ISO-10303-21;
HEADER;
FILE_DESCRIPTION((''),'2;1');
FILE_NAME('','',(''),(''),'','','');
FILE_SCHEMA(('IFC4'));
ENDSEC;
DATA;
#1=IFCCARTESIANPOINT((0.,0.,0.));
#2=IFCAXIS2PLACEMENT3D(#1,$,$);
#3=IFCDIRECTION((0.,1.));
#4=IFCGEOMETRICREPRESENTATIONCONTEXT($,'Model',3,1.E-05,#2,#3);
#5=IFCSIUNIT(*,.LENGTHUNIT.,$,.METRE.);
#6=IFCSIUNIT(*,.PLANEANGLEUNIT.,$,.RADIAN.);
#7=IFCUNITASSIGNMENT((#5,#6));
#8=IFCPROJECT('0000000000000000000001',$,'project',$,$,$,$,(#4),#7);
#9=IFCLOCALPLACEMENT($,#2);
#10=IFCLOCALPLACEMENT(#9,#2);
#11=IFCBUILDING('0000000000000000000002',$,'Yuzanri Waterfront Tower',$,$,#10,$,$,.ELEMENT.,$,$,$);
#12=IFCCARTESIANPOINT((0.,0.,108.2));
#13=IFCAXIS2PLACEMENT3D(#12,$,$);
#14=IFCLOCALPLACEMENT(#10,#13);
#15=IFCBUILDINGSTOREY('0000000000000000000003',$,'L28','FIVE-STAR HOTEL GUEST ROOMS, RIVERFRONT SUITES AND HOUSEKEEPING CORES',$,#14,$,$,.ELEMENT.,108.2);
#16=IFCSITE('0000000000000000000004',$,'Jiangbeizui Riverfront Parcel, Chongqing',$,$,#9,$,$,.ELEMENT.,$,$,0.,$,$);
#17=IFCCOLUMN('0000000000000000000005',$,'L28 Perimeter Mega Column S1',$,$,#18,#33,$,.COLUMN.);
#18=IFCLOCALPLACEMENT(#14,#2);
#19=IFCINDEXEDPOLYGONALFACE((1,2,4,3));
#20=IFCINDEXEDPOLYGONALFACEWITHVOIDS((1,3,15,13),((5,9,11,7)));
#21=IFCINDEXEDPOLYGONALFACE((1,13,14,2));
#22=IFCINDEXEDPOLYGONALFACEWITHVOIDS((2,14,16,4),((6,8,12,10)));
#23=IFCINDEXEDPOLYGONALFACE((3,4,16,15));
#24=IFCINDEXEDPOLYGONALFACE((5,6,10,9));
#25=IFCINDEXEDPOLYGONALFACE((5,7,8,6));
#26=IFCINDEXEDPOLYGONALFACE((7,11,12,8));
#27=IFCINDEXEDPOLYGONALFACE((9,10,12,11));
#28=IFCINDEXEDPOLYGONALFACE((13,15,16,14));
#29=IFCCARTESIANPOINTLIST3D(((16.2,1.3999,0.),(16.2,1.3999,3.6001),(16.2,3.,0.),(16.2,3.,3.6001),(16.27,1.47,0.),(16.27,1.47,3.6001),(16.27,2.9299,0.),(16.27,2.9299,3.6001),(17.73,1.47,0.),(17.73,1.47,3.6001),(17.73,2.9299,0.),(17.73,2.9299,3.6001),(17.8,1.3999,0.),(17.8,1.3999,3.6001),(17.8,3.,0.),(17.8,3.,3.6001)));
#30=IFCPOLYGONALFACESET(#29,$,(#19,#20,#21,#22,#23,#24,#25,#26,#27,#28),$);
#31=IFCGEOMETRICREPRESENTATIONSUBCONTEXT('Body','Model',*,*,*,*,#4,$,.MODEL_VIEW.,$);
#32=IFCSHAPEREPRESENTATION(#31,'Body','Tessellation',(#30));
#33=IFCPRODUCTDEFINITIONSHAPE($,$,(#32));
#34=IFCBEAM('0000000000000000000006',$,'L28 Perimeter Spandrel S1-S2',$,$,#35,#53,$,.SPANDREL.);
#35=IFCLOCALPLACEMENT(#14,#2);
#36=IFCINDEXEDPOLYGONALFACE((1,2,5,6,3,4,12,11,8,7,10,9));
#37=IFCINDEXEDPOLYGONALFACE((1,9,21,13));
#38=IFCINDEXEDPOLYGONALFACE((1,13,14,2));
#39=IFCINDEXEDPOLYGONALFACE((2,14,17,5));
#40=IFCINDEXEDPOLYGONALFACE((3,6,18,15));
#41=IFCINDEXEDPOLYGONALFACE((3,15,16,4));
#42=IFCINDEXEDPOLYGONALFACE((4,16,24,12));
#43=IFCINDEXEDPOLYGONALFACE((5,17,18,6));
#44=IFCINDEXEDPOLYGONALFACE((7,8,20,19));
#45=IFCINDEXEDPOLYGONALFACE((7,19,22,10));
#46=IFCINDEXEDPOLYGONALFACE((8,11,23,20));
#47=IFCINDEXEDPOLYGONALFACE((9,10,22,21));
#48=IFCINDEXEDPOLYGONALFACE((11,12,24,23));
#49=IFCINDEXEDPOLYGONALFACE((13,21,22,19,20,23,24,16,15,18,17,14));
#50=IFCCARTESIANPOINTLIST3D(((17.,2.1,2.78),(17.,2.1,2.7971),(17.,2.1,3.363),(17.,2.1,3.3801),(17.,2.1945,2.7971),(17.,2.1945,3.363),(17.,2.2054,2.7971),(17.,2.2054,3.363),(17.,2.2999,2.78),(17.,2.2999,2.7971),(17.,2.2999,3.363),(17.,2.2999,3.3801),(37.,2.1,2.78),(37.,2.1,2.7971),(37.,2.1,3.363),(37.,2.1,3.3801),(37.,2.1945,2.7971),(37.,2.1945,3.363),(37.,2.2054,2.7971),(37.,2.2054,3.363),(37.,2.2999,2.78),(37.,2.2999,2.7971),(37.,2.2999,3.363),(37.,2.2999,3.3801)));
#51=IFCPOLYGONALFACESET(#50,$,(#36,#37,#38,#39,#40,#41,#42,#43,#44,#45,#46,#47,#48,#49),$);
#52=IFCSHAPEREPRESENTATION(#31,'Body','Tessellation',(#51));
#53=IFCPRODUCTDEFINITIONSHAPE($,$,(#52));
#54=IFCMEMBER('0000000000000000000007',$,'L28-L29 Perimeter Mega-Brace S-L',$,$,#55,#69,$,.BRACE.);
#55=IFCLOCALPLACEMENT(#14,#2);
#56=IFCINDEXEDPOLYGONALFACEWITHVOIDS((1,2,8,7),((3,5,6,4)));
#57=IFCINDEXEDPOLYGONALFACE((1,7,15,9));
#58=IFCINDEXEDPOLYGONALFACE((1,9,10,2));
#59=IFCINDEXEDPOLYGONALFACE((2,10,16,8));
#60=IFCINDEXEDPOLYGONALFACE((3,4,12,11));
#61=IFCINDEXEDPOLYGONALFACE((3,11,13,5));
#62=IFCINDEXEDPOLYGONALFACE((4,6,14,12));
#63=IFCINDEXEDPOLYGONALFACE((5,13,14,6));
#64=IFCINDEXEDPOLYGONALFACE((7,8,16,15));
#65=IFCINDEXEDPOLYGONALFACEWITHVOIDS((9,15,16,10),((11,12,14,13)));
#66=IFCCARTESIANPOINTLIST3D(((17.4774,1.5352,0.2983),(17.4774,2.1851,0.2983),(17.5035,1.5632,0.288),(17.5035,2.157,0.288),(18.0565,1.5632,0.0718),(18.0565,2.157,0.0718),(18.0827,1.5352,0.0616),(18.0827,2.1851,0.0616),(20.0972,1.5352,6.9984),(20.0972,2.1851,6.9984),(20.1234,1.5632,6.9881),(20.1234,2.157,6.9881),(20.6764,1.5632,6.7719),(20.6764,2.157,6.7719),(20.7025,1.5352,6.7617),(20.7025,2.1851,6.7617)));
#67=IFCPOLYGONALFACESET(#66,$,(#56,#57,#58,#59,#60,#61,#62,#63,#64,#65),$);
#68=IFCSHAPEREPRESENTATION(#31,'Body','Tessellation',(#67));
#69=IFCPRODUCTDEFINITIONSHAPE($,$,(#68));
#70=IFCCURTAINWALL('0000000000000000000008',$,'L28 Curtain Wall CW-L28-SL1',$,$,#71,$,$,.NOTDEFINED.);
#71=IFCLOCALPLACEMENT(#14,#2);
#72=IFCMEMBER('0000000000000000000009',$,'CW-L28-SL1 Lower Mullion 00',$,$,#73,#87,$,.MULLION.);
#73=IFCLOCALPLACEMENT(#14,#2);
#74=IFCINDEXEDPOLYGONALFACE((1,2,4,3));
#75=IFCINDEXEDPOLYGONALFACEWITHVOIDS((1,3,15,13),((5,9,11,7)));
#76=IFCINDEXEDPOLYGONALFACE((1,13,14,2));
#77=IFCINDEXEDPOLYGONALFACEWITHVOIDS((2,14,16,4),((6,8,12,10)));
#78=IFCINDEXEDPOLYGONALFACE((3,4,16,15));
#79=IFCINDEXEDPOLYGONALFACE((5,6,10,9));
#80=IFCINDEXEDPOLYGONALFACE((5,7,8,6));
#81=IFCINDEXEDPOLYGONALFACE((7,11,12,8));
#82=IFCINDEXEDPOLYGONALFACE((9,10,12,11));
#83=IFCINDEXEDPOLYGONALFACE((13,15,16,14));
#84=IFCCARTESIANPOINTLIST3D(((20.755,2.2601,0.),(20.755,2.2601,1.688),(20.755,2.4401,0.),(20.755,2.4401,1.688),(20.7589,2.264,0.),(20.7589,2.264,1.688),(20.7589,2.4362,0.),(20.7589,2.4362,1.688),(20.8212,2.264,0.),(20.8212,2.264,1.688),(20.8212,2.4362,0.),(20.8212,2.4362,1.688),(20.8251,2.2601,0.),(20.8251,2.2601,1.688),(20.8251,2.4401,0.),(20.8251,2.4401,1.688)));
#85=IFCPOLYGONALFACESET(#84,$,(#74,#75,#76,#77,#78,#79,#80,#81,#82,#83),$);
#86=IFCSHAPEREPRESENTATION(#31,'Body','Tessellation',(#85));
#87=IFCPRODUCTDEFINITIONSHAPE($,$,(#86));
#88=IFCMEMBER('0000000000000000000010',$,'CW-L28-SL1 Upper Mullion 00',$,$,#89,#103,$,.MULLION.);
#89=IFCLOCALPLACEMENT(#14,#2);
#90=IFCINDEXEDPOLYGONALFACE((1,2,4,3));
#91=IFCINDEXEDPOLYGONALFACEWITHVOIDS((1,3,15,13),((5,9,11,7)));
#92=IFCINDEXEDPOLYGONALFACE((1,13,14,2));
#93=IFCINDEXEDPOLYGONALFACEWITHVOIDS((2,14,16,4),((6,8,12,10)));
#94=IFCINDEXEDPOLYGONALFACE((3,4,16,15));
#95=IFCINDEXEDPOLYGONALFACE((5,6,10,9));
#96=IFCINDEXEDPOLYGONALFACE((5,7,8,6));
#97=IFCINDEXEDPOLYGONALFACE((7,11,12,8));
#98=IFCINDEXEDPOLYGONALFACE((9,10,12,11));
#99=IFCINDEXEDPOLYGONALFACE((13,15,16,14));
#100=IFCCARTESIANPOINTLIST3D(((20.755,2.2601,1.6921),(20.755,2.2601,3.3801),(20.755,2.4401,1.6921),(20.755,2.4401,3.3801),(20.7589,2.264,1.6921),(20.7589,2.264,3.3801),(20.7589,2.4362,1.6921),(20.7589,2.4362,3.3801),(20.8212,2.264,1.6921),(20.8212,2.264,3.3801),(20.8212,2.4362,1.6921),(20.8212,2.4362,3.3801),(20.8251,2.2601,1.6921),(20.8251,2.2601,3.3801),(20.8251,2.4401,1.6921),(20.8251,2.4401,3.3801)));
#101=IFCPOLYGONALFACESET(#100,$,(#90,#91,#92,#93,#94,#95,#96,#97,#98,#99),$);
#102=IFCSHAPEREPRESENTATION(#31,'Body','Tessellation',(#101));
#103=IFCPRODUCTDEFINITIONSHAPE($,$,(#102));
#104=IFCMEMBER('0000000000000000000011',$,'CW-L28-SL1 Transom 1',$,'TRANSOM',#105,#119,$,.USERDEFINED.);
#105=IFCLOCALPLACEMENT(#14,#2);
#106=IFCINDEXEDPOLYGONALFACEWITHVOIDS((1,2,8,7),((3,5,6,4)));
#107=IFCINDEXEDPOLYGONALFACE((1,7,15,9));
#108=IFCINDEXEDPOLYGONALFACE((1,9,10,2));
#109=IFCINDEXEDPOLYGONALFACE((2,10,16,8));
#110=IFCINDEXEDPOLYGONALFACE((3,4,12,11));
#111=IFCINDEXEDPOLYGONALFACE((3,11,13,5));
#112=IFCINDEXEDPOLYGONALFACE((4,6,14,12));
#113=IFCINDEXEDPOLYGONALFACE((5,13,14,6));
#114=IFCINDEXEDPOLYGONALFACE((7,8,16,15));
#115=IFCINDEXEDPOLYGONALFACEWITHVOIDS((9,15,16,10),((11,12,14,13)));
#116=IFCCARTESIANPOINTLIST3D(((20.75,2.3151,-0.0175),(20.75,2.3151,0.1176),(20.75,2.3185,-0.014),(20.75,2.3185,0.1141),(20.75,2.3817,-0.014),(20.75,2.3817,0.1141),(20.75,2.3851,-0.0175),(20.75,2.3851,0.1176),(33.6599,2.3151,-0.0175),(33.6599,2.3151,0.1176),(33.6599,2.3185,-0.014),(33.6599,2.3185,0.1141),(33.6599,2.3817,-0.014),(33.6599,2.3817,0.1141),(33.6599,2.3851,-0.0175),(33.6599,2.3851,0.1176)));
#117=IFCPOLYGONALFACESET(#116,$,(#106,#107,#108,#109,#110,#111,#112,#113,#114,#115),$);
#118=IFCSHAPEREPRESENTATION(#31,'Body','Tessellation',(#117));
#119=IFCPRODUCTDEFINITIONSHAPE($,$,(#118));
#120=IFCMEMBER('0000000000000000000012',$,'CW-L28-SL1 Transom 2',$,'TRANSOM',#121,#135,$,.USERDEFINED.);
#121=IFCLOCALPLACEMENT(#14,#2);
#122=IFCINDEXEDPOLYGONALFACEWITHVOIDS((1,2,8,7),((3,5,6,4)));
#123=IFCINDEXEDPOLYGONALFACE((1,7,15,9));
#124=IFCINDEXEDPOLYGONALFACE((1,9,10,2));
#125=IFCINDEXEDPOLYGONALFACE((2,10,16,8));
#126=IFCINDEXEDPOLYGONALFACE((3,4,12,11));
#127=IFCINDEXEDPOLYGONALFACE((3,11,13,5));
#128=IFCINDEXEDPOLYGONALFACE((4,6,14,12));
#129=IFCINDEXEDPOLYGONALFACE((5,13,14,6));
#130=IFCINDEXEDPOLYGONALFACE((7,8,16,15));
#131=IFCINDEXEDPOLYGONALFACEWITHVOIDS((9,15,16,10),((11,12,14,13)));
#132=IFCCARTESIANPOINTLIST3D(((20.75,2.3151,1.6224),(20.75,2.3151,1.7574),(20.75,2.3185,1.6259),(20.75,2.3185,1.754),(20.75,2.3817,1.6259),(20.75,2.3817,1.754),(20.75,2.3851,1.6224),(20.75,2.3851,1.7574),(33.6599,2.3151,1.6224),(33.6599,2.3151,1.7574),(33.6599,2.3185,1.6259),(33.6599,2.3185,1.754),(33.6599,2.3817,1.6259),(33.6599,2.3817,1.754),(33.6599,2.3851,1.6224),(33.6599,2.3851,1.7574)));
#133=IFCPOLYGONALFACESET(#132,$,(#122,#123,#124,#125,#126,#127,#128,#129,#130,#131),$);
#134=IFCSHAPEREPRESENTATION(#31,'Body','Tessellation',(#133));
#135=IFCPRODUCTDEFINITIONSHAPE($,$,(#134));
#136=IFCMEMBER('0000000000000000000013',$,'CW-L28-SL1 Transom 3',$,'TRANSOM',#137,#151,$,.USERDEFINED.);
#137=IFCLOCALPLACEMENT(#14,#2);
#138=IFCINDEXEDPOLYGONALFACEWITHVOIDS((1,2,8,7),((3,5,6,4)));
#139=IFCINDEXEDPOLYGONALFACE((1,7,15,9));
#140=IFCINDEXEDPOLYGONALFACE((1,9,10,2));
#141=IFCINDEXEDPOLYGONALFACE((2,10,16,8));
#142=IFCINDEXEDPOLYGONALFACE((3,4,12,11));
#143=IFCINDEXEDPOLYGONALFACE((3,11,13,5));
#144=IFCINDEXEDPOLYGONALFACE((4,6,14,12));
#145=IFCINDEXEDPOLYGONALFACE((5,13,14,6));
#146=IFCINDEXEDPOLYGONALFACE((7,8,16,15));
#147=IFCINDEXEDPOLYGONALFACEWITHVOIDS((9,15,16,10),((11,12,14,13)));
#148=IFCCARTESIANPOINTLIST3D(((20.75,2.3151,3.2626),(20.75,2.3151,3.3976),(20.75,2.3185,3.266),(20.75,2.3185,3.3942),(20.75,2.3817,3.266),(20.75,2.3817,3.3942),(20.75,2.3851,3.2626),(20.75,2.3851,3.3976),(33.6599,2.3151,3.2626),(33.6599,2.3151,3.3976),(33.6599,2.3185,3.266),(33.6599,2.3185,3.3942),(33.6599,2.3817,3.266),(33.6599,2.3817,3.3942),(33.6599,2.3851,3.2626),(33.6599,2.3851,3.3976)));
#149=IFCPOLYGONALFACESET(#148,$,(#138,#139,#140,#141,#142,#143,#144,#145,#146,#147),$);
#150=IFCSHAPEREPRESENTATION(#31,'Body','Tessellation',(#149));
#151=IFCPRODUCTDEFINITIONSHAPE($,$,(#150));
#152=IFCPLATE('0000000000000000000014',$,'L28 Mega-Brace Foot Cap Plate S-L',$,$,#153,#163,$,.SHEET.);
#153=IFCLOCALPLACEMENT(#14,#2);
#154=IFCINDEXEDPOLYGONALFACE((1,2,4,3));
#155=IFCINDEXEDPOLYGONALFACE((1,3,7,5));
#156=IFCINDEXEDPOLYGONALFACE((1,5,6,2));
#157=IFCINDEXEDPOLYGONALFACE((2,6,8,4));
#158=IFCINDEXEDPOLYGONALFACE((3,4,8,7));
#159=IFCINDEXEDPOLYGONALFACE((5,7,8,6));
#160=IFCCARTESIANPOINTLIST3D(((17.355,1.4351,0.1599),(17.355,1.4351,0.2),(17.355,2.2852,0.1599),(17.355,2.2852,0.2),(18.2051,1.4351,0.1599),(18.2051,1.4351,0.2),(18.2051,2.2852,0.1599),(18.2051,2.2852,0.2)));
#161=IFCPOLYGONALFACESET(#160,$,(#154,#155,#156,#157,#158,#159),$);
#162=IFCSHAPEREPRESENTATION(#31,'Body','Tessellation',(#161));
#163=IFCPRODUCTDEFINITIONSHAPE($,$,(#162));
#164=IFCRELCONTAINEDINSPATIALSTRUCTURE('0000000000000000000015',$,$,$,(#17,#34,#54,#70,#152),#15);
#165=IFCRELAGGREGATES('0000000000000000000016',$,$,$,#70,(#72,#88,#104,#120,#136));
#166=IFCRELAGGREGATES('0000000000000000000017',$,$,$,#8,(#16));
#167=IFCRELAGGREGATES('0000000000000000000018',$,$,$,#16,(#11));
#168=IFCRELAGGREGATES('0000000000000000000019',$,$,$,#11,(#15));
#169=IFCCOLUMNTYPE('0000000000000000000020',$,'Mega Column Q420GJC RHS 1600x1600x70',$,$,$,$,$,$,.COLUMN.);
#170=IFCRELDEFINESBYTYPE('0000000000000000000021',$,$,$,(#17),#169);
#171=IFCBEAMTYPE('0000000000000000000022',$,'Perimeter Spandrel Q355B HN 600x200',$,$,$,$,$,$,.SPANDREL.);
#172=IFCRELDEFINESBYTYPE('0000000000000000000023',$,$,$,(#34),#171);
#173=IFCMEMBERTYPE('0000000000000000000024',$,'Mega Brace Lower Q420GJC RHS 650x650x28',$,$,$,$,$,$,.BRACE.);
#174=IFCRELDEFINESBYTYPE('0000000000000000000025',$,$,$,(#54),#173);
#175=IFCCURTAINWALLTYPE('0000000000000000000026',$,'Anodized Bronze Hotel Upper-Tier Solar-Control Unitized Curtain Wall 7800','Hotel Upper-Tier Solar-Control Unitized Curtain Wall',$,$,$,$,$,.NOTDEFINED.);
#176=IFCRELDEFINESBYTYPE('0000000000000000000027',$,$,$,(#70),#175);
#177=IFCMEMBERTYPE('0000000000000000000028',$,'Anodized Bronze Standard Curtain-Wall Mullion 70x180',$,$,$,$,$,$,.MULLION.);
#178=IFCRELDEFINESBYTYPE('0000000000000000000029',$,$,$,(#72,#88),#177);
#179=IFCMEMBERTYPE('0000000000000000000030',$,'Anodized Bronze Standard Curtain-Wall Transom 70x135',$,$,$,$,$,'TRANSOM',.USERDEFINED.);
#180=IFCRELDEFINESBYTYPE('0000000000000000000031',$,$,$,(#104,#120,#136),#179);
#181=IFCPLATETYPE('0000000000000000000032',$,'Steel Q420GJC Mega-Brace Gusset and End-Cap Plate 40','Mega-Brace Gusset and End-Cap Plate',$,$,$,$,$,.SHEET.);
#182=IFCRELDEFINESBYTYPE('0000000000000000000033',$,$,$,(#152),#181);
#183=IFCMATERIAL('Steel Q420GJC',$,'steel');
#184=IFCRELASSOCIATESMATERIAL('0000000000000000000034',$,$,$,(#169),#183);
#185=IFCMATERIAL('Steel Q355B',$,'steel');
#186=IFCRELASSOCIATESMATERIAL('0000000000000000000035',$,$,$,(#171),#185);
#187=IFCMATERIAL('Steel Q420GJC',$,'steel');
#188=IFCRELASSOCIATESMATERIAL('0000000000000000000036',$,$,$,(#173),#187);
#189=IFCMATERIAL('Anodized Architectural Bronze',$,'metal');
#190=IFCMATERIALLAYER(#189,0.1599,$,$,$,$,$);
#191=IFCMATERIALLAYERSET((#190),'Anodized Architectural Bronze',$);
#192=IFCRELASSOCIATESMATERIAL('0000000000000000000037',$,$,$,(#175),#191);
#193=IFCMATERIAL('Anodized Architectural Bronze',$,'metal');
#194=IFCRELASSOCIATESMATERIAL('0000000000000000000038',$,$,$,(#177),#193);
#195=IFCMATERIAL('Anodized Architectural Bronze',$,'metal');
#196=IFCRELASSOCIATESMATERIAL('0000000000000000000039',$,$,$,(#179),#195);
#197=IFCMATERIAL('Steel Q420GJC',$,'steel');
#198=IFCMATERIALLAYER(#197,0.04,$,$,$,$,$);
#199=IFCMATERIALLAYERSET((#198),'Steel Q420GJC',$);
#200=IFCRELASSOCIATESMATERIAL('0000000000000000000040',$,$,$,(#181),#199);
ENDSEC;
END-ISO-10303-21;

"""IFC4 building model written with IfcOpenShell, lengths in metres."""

from ifc_helpers import new_model, si_unit, direction, frame, origin, origin_2d, place, context, subcontext, project, spatial, rectangle, hollow_rectangle, i_section, extrude, source, transform, mapped, material, layer, layer_set, material_profile, profile_set, type_object, element, aggregate, save


model = new_model("IFC4")

# Units and contexts
model_context = context("Model", 3, precision=1e-05, world=origin(), true_north=direction((0.0, 1.0)))
body_context = subcontext(model_context, "Body", "Model", "MODEL_VIEW")
ifc_project = project(units=[si_unit("LENGTHUNIT", "METRE"), si_unit("PLANEANGLEUNIT", "RADIAN")], contexts=[model_context])

# Site, building, storey
site_placement = place(None, origin())
site = spatial("IfcSite", under=ifc_project, at=site_placement, Name="Jiangbeizui Riverfront Parcel, Chongqing", CompositionType="ELEMENT", RefElevation=0.0)
building_placement = place(site_placement, origin())
building = spatial("IfcBuilding", under=site, at=building_placement, Name="Yuzanri Waterfront Tower", CompositionType="ELEMENT")
storey_placement = place(building_placement, frame((0.0, 0.0, 108.2)))
storey = spatial("IfcBuildingStorey", under=building, at=storey_placement, Name="L28", Description="FIVE-STAR HOTEL GUEST ROOMS, RIVERFRONT SUITES AND HOUSEKEEPING CORES", CompositionType="ELEMENT", Elevation=108.2)

# Column
ifc_material_1 = material(Name="Steel Q420GJC", Category="steel")
ifc_material_profile_1 = material_profile(ifc_material_1, hollow_rectangle(XDim=1.6001, YDim=1.6001, WallThickness=0.0701, at=origin_2d()), Name="RHS 1600x1600x70")
ifc_profile_set_1 = profile_set([ifc_material_profile_1], Name="Steel Q420GJC")
column_type = type_object("IfcColumnType", Name="Mega Column Q420GJC RHS 1600x1600x70", PredefinedType="COLUMN", material=ifc_profile_set_1)
shared_shape_1 = source(origin(), body_context, "Body", "SweptSolid", [
    extrude(hollow_rectangle(XDim=1.6001, YDim=1.6001, WallThickness=0.0701, at=origin_2d()), origin(), (0.0, 0.0, 1.0), 3.6001),
])
column_placement = place(storey_placement, frame((17.0, 2.2, 0.0), z_axis=(0.0, 0.0, 1.0), x_axis=(1.0, 0.0, 0.0)))
element("IfcColumn", 1, at=column_placement, inside=storey, type_object=column_type, Name="L28 Perimeter Mega Column S1", PredefinedType="COLUMN", context=body_context, shape_type="MappedRepresentation", body=[
    mapped(shared_shape_1, transform((0.0, 0.0, 0.0), scale=1.0)),
])

# Beam
ifc_material_2 = material(Name="Steel Q355B", Category="steel")
ifc_material_profile_2 = material_profile(ifc_material_2, i_section(OverallWidth=0.2, OverallDepth=0.6001, WebThickness=0.011, FlangeThickness=0.0171, at=origin_2d()), Name="HN 600x200x11x17")
ifc_profile_set_2 = profile_set([ifc_material_profile_2], Name="Steel Q355B")
beam_type = type_object("IfcBeamType", Name="Perimeter Spandrel Q355B HN 600x200", PredefinedType="SPANDREL", material=ifc_profile_set_2)
shared_shape_2 = source(origin(), body_context, "Body", "SweptSolid", [
    extrude(i_section(OverallWidth=0.2, OverallDepth=0.6001, WebThickness=0.011, FlangeThickness=0.0171, at=origin_2d()), origin(), (0.0, 0.0, 1.0), 20.0),
])
beam_placement = place(storey_placement, frame((17.0, 2.2, 3.0801), z_axis=(1.0, 0.0, 0.0), x_axis=(0.0, 1.0, 0.0)))
element("IfcBeam", 2, at=beam_placement, inside=storey, type_object=beam_type, Name="L28 Perimeter Spandrel S1-S2", PredefinedType="SPANDREL", context=body_context, shape_type="MappedRepresentation", body=[
    mapped(shared_shape_2, transform((0.0, 0.0, 0.0), scale=1.0)),
])

# Member
ifc_material_3 = material(Name="Steel Q420GJC", Category="steel")
ifc_material_profile_3 = material_profile(ifc_material_3, hollow_rectangle(XDim=0.6499, YDim=0.6499, WallThickness=0.0281, at=origin_2d()), Name="RHS 650x650x28")
ifc_profile_set_3 = profile_set([ifc_material_profile_3], Name="Steel Q420GJC")
member_type_1 = type_object("IfcMemberType", Name="Mega Brace Lower Q420GJC RHS 650x650x28", PredefinedType="BRACE", material=ifc_profile_set_3)
shared_shape_3 = source(origin(), body_context, "Body", "SweptSolid", [
    extrude(hollow_rectangle(XDim=0.6499, YDim=0.6499, WallThickness=0.0281, at=origin_2d()), origin(), (0.0, 0.0, 1.0), 7.1941),
])
member_1_placement = place(storey_placement, frame((17.78, 1.8601, 0.1799), z_axis=(0.364165, 0.0, 0.931334), x_axis=(0.0, 1.0, 0.0)))
element("IfcMember", 3, at=member_1_placement, inside=storey, type_object=member_type_1, Name="L28-L29 Perimeter Mega-Brace S-L", PredefinedType="BRACE", context=body_context, shape_type="MappedRepresentation", body=[
    mapped(shared_shape_3, transform((0.0, 0.0, 0.0), scale=1.0)),
])

# Curtain wall, members
ifc_material_4 = material(Name="Anodized Architectural Bronze", Category="metal")
ifc_layer_1 = layer(ifc_material_4, 0.1599)
ifc_layer_set_1 = layer_set([ifc_layer_1], Name="Anodized Architectural Bronze")
curtain_wall_type = type_object("IfcCurtainWallType", Name="Anodized Bronze Hotel Upper-Tier Solar-Control Unitized Curtain Wall 7800", Description="Hotel Upper-Tier Solar-Control Unitized Curtain Wall", PredefinedType="NOTDEFINED", material=ifc_layer_set_1)
curtain_wall_1_placement = place(storey_placement, origin())
curtain_wall_1 = element("IfcCurtainWall", 4, at=curtain_wall_1_placement, inside=storey, type_object=curtain_wall_type, Name="L28 Curtain Wall CW-L28-SL1", PredefinedType="NOTDEFINED")
ifc_material_5 = material(Name="Anodized Architectural Bronze", Category="metal")
ifc_material_profile_4 = material_profile(ifc_material_5, hollow_rectangle(XDim=0.0701, YDim=0.1799, WallThickness=0.0039, at=origin_2d()), Name="CWM 70x180")
ifc_profile_set_4 = profile_set([ifc_material_profile_4], Name="Anodized Architectural Bronze")
member_type_2 = type_object("IfcMemberType", Name="Anodized Bronze Standard Curtain-Wall Mullion 70x180", PredefinedType="MULLION", material=ifc_profile_set_4)
shared_shape_4 = source(origin(), body_context, "Body", "SweptSolid", [
    extrude(hollow_rectangle(XDim=0.0701, YDim=0.1799, WallThickness=0.0039, at=origin_2d()), origin(), (0.0, 0.0, 1.0), 1.688),
])
member_2_placement = place(storey_placement, frame((20.79, 2.3501, 0.0), z_axis=(0.0, 0.0, 1.0), x_axis=(1.0, 0.0, 0.0)))
member_2 = element("IfcMember", 5, at=member_2_placement, type_object=member_type_2, Name="CW-L28-SL1 Lower Mullion 00", PredefinedType="MULLION", context=body_context, shape_type="MappedRepresentation", body=[
    mapped(shared_shape_4, transform((0.0, 0.0, 0.0), scale=1.0)),
])
member_3_placement = place(storey_placement, frame((20.79, 2.3501, 1.6921), z_axis=(0.0, 0.0, 1.0), x_axis=(1.0, 0.0, 0.0)))
member_3 = element("IfcMember", 6, at=member_3_placement, type_object=member_type_2, Name="CW-L28-SL1 Upper Mullion 00", PredefinedType="MULLION", context=body_context, shape_type="MappedRepresentation", body=[
    mapped(shared_shape_4, transform((0.0, 0.0, 0.0), scale=1.0)),
])
ifc_material_6 = material(Name="Anodized Architectural Bronze", Category="metal")
ifc_material_profile_5 = material_profile(ifc_material_6, hollow_rectangle(XDim=0.0701, YDim=0.135, WallThickness=0.0034, at=origin_2d()), Name="CWT 70x135")
ifc_profile_set_5 = profile_set([ifc_material_profile_5], Name="Anodized Architectural Bronze")
member_type_3 = type_object("IfcMemberType", Name="Anodized Bronze Standard Curtain-Wall Transom 70x135", ElementType="TRANSOM", PredefinedType="USERDEFINED", material=ifc_profile_set_5)
shared_shape_5 = source(origin(), body_context, "Body", "SweptSolid", [
    extrude(hollow_rectangle(XDim=0.0701, YDim=0.135, WallThickness=0.0034, at=origin_2d()), origin(), (0.0, 0.0, 1.0), 12.9099),
])
member_4_placement = place(storey_placement, frame((20.75, 2.3501, 0.05), z_axis=(1.0, 0.0, 0.0), x_axis=(0.0, 1.0, 0.0)))
member_4 = element("IfcMember", 7, at=member_4_placement, type_object=member_type_3, Name="CW-L28-SL1 Transom 1", ObjectType="TRANSOM", PredefinedType="USERDEFINED", context=body_context, shape_type="MappedRepresentation", body=[
    mapped(shared_shape_5, transform((0.0, 0.0, 0.0), scale=1.0)),
])
member_5_placement = place(storey_placement, frame((20.75, 2.3501, 1.6899), z_axis=(1.0, 0.0, 0.0), x_axis=(0.0, 1.0, 0.0)))
member_5 = element("IfcMember", 8, at=member_5_placement, type_object=member_type_3, Name="CW-L28-SL1 Transom 2", ObjectType="TRANSOM", PredefinedType="USERDEFINED", context=body_context, shape_type="MappedRepresentation", body=[
    mapped(shared_shape_5, transform((0.0, 0.0, 0.0), scale=1.0)),
])
member_6_placement = place(storey_placement, frame((20.75, 2.3501, 3.3301), z_axis=(1.0, 0.0, 0.0), x_axis=(0.0, 1.0, 0.0)))
member_6 = element("IfcMember", 9, at=member_6_placement, type_object=member_type_3, Name="CW-L28-SL1 Transom 3", ObjectType="TRANSOM", PredefinedType="USERDEFINED", context=body_context, shape_type="MappedRepresentation", body=[
    mapped(shared_shape_5, transform((0.0, 0.0, 0.0), scale=1.0)),
])
aggregate(curtain_wall_1, [member_2, member_3, member_4, member_5, member_6])

# Plate
ifc_material_7 = material(Name="Steel Q420GJC", Category="steel")
ifc_layer_2 = layer(ifc_material_7, 0.04)
ifc_layer_set_2 = layer_set([ifc_layer_2], Name="Steel Q420GJC")
plate_type_1 = type_object("IfcPlateType", Name="Steel Q420GJC Mega-Brace Gusset and End-Cap Plate 40", Description="Mega-Brace Gusset and End-Cap Plate", PredefinedType="SHEET", material=ifc_layer_set_2)
shared_shape_6 = source(origin(), body_context, "Body", "SweptSolid", [
    extrude(rectangle(XDim=0.8501, YDim=0.8501, at=origin_2d()), origin(), (0.0, 0.0, 1.0), 0.04),
])
plate_1_placement = place(storey_placement, frame((17.78, 1.8601, 0.1599), z_axis=(0.0, 0.0, 1.0), x_axis=(1.0, 0.0, 0.0)))
element("IfcPlate", 10, at=plate_1_placement, inside=storey, type_object=plate_type_1, Name="L28 Mega-Brace Foot Cap Plate S-L", PredefinedType="SHEET", context=body_context, shape_type="MappedRepresentation", body=[
    mapped(shared_shape_6, transform((0.0, 0.0, 0.0), scale=1.0)),
])

save(model, "model.ifc")
